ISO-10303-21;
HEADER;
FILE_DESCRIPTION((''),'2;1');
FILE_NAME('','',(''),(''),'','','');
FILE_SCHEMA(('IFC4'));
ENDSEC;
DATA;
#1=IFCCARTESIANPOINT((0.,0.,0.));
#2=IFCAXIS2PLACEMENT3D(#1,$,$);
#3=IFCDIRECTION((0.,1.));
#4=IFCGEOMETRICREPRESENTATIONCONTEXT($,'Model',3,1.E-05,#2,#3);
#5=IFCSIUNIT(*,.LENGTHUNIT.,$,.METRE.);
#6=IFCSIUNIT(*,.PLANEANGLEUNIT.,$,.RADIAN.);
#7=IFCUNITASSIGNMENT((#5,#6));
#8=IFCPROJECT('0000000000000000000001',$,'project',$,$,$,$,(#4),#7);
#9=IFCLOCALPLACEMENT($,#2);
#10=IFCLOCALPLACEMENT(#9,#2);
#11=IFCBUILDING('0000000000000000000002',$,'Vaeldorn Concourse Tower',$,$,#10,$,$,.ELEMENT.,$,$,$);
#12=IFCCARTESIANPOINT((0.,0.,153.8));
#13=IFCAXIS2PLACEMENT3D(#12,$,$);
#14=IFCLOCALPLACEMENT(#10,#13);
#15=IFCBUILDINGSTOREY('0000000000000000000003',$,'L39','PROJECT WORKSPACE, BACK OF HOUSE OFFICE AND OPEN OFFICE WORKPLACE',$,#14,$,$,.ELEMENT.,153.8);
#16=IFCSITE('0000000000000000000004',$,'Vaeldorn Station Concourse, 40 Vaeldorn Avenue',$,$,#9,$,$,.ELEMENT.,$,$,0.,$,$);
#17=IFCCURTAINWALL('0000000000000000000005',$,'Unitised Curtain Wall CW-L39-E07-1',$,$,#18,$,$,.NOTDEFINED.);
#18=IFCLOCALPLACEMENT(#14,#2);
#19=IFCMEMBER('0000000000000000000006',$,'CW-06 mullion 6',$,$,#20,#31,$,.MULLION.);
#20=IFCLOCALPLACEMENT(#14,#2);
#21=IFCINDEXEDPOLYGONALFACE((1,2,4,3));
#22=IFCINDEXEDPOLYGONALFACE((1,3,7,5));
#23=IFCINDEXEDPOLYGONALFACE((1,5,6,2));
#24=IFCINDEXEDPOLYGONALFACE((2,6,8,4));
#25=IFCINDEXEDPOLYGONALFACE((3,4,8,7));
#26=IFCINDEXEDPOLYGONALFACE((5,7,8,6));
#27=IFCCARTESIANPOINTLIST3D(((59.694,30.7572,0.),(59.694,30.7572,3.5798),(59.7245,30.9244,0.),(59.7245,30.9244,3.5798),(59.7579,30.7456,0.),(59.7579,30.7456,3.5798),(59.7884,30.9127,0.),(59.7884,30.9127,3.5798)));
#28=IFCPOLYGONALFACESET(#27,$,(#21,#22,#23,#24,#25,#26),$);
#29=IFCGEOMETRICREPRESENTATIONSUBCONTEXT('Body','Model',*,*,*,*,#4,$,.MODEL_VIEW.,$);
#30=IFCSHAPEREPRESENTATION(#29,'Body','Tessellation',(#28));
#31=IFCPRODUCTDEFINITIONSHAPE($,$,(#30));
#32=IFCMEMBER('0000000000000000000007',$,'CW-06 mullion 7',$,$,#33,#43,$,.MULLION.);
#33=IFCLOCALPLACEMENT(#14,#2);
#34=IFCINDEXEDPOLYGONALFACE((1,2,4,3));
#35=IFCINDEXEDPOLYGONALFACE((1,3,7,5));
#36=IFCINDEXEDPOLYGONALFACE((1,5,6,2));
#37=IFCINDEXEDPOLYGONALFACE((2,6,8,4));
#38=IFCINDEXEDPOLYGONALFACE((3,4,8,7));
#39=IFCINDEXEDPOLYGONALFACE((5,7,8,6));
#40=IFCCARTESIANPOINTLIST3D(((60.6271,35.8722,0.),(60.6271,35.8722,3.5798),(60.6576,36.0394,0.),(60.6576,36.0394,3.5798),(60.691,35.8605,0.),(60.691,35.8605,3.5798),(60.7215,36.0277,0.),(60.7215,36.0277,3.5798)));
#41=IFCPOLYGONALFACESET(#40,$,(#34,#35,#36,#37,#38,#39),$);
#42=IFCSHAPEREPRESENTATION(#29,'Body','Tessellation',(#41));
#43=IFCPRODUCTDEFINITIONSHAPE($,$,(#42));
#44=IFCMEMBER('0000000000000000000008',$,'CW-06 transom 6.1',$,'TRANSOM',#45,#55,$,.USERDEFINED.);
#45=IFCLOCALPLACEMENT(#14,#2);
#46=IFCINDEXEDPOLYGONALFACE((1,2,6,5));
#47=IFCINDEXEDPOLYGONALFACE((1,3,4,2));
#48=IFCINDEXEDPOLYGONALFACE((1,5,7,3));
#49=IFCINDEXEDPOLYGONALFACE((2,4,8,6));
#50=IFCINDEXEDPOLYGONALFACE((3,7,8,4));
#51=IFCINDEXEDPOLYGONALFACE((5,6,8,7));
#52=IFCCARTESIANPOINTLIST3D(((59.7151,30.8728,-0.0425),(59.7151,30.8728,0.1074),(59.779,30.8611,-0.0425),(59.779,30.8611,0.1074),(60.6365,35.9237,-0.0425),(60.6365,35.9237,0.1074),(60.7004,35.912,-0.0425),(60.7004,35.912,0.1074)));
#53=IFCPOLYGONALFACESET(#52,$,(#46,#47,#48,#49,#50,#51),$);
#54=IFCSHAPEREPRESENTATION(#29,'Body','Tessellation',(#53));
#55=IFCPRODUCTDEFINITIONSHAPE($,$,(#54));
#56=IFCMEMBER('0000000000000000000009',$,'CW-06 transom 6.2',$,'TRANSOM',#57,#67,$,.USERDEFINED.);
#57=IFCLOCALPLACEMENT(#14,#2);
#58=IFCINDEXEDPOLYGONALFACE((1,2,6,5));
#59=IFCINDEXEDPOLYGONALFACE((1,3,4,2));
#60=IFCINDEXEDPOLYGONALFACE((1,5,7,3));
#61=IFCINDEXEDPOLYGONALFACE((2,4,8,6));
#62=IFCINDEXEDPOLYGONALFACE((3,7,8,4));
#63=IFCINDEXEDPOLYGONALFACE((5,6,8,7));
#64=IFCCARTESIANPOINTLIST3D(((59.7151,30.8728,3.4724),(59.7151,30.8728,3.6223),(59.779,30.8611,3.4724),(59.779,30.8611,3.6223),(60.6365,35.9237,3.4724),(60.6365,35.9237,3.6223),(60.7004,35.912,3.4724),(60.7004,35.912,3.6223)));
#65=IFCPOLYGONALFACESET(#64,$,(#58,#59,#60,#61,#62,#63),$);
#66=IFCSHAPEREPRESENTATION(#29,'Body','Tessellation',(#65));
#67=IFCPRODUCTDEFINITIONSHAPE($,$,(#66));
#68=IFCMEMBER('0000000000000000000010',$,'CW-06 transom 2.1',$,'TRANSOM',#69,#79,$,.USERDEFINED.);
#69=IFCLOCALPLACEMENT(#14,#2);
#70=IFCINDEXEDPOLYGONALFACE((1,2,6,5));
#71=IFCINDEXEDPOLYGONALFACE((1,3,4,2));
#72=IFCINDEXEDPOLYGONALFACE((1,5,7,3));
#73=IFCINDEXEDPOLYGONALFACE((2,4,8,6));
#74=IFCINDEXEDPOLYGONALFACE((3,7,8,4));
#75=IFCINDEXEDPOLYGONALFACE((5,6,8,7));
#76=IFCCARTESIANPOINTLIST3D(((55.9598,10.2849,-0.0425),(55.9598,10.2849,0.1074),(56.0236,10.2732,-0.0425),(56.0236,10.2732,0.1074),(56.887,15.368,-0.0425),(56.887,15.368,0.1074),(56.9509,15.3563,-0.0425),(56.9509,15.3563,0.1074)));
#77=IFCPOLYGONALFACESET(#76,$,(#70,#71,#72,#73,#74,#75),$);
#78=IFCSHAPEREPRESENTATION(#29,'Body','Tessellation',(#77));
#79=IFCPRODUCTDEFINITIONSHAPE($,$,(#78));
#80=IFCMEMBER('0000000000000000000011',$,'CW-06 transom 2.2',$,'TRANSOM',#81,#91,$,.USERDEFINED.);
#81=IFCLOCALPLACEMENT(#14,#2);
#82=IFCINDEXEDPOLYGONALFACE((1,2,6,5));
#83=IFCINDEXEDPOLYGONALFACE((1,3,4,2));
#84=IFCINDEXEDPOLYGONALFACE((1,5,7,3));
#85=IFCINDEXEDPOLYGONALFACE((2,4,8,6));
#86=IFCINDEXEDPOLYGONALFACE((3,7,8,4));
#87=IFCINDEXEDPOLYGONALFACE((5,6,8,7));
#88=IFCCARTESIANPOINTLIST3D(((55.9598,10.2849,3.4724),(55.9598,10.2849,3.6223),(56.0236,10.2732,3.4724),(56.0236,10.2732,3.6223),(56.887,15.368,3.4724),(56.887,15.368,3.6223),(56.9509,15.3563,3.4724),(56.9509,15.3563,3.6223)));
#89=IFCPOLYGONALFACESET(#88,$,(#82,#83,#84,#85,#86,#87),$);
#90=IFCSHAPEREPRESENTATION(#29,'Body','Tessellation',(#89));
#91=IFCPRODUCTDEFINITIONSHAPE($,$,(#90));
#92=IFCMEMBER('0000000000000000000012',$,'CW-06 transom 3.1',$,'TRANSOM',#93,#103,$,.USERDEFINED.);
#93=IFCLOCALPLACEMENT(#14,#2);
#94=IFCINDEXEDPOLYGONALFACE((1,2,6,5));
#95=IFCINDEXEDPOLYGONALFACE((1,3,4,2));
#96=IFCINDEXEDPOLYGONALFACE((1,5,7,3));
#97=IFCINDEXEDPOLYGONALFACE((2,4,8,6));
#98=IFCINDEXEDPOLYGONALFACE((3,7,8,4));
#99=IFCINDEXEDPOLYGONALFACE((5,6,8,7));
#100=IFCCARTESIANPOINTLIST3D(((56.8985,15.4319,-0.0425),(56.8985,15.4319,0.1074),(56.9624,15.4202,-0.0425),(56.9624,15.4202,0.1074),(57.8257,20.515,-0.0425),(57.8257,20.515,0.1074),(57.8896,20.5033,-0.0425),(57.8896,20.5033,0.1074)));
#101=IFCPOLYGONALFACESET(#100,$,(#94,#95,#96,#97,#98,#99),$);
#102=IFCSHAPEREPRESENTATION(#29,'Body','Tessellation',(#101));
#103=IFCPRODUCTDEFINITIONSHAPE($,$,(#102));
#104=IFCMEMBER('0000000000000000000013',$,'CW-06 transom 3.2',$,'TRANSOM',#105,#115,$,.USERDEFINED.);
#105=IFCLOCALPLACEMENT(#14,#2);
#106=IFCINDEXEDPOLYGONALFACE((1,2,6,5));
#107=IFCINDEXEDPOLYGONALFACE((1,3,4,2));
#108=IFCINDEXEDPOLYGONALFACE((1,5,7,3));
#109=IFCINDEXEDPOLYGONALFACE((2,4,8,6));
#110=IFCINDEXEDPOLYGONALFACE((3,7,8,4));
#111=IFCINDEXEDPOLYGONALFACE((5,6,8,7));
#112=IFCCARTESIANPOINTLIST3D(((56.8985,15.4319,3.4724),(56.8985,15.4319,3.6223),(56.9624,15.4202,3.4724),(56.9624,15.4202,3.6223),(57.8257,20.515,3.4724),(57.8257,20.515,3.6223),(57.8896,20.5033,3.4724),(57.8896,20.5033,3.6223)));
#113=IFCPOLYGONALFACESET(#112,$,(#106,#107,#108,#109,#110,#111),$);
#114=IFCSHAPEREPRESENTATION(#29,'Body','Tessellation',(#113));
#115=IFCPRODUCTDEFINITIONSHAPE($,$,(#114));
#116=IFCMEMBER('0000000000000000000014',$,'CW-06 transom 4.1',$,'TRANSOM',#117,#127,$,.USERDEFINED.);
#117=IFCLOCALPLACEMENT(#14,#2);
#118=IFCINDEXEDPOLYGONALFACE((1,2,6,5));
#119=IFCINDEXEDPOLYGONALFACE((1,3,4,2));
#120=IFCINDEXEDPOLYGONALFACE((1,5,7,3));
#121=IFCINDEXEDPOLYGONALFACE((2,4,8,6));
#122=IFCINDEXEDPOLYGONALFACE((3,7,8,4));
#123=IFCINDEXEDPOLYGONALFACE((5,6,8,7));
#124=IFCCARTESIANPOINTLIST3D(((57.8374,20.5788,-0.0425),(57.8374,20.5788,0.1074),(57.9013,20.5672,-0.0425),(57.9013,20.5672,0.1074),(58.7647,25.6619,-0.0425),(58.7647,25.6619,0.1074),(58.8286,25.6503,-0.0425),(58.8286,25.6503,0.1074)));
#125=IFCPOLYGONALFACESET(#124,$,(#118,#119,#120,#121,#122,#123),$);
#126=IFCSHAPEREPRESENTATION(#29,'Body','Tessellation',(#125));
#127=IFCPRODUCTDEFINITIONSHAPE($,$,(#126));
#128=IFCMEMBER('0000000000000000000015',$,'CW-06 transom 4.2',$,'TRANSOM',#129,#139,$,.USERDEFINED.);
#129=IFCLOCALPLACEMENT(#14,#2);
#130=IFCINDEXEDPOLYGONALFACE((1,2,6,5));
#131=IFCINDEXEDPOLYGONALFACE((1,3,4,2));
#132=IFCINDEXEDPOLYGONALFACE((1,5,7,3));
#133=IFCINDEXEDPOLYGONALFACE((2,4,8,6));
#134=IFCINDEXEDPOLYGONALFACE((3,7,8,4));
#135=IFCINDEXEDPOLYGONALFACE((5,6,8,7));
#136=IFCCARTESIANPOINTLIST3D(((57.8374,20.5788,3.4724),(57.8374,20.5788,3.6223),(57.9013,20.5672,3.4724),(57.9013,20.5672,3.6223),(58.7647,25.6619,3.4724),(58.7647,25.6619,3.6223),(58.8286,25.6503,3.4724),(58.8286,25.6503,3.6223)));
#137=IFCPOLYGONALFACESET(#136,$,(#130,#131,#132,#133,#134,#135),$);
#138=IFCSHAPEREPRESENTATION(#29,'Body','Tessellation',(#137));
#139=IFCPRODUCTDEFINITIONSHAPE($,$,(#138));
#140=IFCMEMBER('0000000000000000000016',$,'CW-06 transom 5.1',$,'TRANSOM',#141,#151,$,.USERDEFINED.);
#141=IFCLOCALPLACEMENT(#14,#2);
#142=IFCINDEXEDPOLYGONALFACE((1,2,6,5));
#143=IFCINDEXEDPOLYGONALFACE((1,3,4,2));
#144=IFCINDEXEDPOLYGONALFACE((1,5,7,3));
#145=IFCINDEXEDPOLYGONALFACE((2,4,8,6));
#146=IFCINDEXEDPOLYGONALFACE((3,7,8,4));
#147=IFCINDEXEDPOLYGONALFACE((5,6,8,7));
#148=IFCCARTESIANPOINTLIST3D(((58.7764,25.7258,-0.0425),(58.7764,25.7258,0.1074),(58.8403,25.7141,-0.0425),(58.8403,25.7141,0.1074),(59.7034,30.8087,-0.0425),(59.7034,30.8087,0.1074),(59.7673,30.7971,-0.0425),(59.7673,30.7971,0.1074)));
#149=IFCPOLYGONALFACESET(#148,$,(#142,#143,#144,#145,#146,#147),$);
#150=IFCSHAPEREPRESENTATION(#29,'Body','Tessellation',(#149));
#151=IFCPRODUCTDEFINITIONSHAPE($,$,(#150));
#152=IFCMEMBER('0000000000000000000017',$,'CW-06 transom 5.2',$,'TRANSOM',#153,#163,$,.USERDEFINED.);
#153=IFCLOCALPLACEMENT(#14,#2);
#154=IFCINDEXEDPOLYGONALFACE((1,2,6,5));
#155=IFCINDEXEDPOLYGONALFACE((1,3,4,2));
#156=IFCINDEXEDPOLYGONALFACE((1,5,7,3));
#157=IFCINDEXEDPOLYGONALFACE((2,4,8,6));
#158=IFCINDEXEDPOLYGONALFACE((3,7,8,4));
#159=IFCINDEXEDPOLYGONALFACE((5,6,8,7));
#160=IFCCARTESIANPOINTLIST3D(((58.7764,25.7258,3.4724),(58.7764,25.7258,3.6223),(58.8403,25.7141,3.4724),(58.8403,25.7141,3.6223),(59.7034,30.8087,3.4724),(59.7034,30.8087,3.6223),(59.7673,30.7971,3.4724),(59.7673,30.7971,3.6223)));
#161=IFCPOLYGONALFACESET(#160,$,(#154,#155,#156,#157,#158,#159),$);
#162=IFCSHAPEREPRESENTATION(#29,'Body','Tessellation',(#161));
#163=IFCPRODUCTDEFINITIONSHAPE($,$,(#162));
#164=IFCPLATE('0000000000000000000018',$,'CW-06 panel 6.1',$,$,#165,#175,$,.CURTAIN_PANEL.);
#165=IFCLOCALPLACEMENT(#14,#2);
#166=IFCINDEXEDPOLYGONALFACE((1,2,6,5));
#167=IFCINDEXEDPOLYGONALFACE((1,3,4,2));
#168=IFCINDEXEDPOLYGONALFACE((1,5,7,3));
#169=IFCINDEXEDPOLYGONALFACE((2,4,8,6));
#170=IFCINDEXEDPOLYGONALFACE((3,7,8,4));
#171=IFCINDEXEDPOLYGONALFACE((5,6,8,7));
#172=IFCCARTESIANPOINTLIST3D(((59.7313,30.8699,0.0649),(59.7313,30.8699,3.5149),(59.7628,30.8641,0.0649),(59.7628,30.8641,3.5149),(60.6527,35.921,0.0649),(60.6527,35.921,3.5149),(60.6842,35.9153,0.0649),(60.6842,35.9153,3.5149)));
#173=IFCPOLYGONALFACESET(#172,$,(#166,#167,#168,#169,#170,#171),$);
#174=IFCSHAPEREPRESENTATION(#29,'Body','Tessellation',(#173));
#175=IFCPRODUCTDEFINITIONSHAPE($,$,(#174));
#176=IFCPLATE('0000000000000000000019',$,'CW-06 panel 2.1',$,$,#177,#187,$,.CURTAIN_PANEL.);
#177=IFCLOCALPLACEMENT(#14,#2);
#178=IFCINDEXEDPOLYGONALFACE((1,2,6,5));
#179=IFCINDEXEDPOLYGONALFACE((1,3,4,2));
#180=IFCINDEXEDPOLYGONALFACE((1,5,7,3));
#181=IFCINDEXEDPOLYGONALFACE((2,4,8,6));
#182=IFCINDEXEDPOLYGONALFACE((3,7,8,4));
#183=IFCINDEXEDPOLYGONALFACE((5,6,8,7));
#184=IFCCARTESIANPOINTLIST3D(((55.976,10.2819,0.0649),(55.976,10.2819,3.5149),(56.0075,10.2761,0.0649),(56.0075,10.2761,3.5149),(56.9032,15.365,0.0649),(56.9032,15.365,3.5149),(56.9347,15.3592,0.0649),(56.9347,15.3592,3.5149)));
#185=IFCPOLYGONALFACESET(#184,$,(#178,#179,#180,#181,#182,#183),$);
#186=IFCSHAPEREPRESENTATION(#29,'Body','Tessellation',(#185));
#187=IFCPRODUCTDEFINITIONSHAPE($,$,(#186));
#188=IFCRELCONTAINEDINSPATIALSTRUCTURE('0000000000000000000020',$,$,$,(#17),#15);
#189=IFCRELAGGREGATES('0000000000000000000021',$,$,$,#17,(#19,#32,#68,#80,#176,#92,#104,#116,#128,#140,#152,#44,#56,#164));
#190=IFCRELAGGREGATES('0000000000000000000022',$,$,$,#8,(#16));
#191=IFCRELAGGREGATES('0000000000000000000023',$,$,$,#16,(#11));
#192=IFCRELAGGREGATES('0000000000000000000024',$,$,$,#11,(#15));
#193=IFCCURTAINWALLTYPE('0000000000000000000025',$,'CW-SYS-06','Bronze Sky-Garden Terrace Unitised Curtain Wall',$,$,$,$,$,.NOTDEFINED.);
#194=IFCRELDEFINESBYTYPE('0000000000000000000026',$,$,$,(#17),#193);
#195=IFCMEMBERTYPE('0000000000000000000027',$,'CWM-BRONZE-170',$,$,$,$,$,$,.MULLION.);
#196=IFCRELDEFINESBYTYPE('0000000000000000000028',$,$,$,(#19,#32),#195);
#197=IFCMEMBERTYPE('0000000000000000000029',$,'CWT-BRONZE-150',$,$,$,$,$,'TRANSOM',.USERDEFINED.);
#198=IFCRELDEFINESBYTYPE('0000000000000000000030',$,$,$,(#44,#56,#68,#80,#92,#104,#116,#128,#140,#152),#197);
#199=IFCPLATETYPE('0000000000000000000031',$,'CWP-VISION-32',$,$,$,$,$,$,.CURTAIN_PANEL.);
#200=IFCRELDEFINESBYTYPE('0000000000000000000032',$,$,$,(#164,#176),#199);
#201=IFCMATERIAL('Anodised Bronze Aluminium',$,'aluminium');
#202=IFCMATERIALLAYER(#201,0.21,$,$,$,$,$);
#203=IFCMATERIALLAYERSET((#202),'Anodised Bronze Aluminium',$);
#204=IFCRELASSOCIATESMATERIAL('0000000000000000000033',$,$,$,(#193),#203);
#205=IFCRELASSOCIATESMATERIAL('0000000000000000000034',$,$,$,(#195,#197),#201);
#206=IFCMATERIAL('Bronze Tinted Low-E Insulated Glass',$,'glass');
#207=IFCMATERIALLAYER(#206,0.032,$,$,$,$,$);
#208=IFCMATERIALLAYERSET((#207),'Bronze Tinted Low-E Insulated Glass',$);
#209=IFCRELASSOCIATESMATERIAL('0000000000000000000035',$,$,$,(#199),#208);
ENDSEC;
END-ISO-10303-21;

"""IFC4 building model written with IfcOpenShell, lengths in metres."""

from ifc_helpers import new_model, si_unit, direction, frame, origin, origin_2d, place, context, subcontext, project, spatial, rectangle, extrude, source, transform, mapped, material, layer, layer_set, material_profile, profile_set, type_object, element, aggregate, save


model = new_model("IFC4")

# Units and contexts
model_context = context("Model", 3, precision=1e-05, world=origin(), true_north=direction((0.0, 1.0)))
body_context = subcontext(model_context, "Body", "Model", "MODEL_VIEW")
ifc_project = project(units=[si_unit("LENGTHUNIT", "METRE"), si_unit("PLANEANGLEUNIT", "RADIAN")], contexts=[model_context])

# Site, building, storey
site_placement = place(None, origin())
site = spatial("IfcSite", under=ifc_project, at=site_placement, Name="Vaeldorn Station Concourse, 40 Vaeldorn Avenue", CompositionType="ELEMENT", RefElevation=0.0)
building_placement = place(site_placement, origin())
building = spatial("IfcBuilding", under=site, at=building_placement, Name="Vaeldorn Concourse Tower", CompositionType="ELEMENT")
storey_placement = place(building_placement, frame((0.0, 0.0, 153.8)))
storey = spatial("IfcBuildingStorey", under=building, at=storey_placement, Name="L39", Description="PROJECT WORKSPACE, BACK OF HOUSE OFFICE AND OPEN OFFICE WORKPLACE", CompositionType="ELEMENT", Elevation=153.8)

# Curtain wall, members, plates
ifc_material_1 = material(Name="Anodised Bronze Aluminium", Category="aluminium")
ifc_layer_1 = layer(ifc_material_1, 0.21)
ifc_layer_set_1 = layer_set([ifc_layer_1], Name="Anodised Bronze Aluminium")
curtain_wall_type = type_object("IfcCurtainWallType", Name="CW-SYS-06", Description="Bronze Sky-Garden Terrace Unitised Curtain Wall", PredefinedType="NOTDEFINED", material=ifc_layer_set_1)
curtain_wall_placement = place(storey_placement, origin())
curtain_wall = element("IfcCurtainWall", 1, at=curtain_wall_placement, inside=storey, type_object=curtain_wall_type, Name="Unitised Curtain Wall CW-L39-E07-1", PredefinedType="NOTDEFINED")
ifc_material_profile_1 = material_profile(ifc_material_1, rectangle(XDim=0.0649, YDim=0.1699, at=origin_2d()), Name="CWM 65x170")
ifc_profile_set_1 = profile_set([ifc_material_profile_1], Name="Anodised Bronze Aluminium")
member_type_1 = type_object("IfcMemberType", Name="CWM-BRONZE-170", PredefinedType="MULLION", material=ifc_profile_set_1)
shared_shape_1 = source(origin(), body_context, "Body", "SweptSolid", [
    extrude(rectangle(XDim=0.0649, YDim=0.1699, at=origin_2d()), origin(), (0.0, 0.0, 1.0), 3.5798),
])
member_1_placement = place(storey_placement, frame((59.7412, 30.835, 0.0), z_axis=(0.0, 0.0, 1.0), x_axis=(-0.983768, 0.179446, 0.0)))
member_1 = element("IfcMember", 2, at=member_1_placement, type_object=member_type_1, Name="CW-06 mullion 6", PredefinedType="MULLION", context=body_context, shape_type="MappedRepresentation", body=[
    mapped(shared_shape_1, transform((0.0, 0.0, 0.0), scale=1.0)),
])
member_2_placement = place(storey_placement, frame((60.6743, 35.95, 0.0), z_axis=(0.0, 0.0, 1.0), x_axis=(-0.983768, 0.179446, 0.0)))
member_2 = element("IfcMember", 3, at=member_2_placement, type_object=member_type_1, Name="CW-06 mullion 7", PredefinedType="MULLION", context=body_context, shape_type="MappedRepresentation", body=[
    mapped(shared_shape_1, transform((0.0, 0.0, 0.0), scale=1.0)),
])
ifc_material_profile_2 = material_profile(ifc_material_1, rectangle(XDim=0.0649, YDim=0.1499, at=origin_2d()), Name="CWT 65x150")
ifc_profile_set_2 = profile_set([ifc_material_profile_2], Name="Anodised Bronze Aluminium")
member_type_2 = type_object("IfcMemberType", Name="CWT-BRONZE-150", ElementType="TRANSOM", PredefinedType="USERDEFINED", material=ifc_profile_set_2)
shared_shape_2 = source(origin(), body_context, "Body", "SweptSolid", [
    extrude(rectangle(XDim=0.0649, YDim=0.1499, at=origin_2d()), origin(), (0.0, 0.0, 1.0), 5.1343),
])
member_3_placement = place(storey_placement, frame((59.7471, 30.8669, 0.0325), z_axis=(0.179454, 0.983766, 0.0), x_axis=(-0.983766, 0.179454, 0.0)))
member_3 = element("IfcMember", 4, at=member_3_placement, type_object=member_type_2, Name="CW-06 transom 6.1", ObjectType="TRANSOM", PredefinedType="USERDEFINED", context=body_context, shape_type="MappedRepresentation", body=[
    mapped(shared_shape_2, transform((0.0, 0.0, 0.0), scale=1.0)),
])
member_4_placement = place(storey_placement, frame((59.7471, 30.8669, 3.5474), z_axis=(0.179454, 0.983766, 0.0), x_axis=(-0.983766, 0.179454, 0.0)))
member_4 = element("IfcMember", 5, at=member_4_placement, type_object=member_type_2, Name="CW-06 transom 6.2", ObjectType="TRANSOM", PredefinedType="USERDEFINED", context=body_context, shape_type="MappedRepresentation", body=[
    mapped(shared_shape_2, transform((0.0, 0.0, 0.0), scale=1.0)),
])
shared_shape_3 = source(origin(), body_context, "Body", "SweptSolid", [
    extrude(rectangle(XDim=0.0649, YDim=0.1499, at=origin_2d()), origin(), (0.0, 0.0, 1.0), 5.167),
])
member_5_placement = place(storey_placement, frame((55.9917, 10.2791, 0.0325), z_axis=(0.179459, 0.983765, 0.0), x_axis=(-0.983765, 0.179459, 0.0)))
member_5 = element("IfcMember", 6, at=member_5_placement, type_object=member_type_2, Name="CW-06 transom 2.1", ObjectType="TRANSOM", PredefinedType="USERDEFINED", context=body_context, shape_type="MappedRepresentation", body=[
    mapped(shared_shape_3, transform((0.0, 0.0, 0.0), scale=1.0)),
])
member_6_placement = place(storey_placement, frame((55.9917, 10.2791, 3.5474), z_axis=(0.179459, 0.983765, 0.0), x_axis=(-0.983765, 0.179459, 0.0)))
member_6 = element("IfcMember", 7, at=member_6_placement, type_object=member_type_2, Name="CW-06 transom 2.2", ObjectType="TRANSOM", PredefinedType="USERDEFINED", context=body_context, shape_type="MappedRepresentation", body=[
    mapped(shared_shape_3, transform((0.0, 0.0, 0.0), scale=1.0)),
])
member_7_placement = place(storey_placement, frame((56.9304, 15.426, 0.0325), z_axis=(0.179459, 0.983765, 0.0), x_axis=(-0.983765, 0.179459, 0.0)))
member_7 = element("IfcMember", 8, at=member_7_placement, type_object=member_type_2, Name="CW-06 transom 3.1", ObjectType="TRANSOM", PredefinedType="USERDEFINED", context=body_context, shape_type="MappedRepresentation", body=[
    mapped(shared_shape_3, transform((0.0, 0.0, 0.0), scale=1.0)),
])
member_8_placement = place(storey_placement, frame((56.9304, 15.426, 3.5474), z_axis=(0.179459, 0.983765, 0.0), x_axis=(-0.983765, 0.179459, 0.0)))
member_8 = element("IfcMember", 9, at=member_8_placement, type_object=member_type_2, Name="CW-06 transom 3.2", ObjectType="TRANSOM", PredefinedType="USERDEFINED", context=body_context, shape_type="MappedRepresentation", body=[
    mapped(shared_shape_3, transform((0.0, 0.0, 0.0), scale=1.0)),
])
member_9_placement = place(storey_placement, frame((57.8694, 20.573, 0.0325), z_axis=(0.179459, 0.983765, 0.0), x_axis=(-0.983765, 0.179459, 0.0)))
member_9 = element("IfcMember", 10, at=member_9_placement, type_object=member_type_2, Name="CW-06 transom 4.1", ObjectType="TRANSOM", PredefinedType="USERDEFINED", context=body_context, shape_type="MappedRepresentation", body=[
    mapped(shared_shape_3, transform((0.0, 0.0, 0.0), scale=1.0)),
])
member_10_placement = place(storey_placement, frame((57.8694, 20.573, 3.5474), z_axis=(0.179459, 0.983765, 0.0), x_axis=(-0.983765, 0.179459, 0.0)))
member_10 = element("IfcMember", 11, at=member_10_placement, type_object=member_type_2, Name="CW-06 transom 4.2", ObjectType="TRANSOM", PredefinedType="USERDEFINED", context=body_context, shape_type="MappedRepresentation", body=[
    mapped(shared_shape_3, transform((0.0, 0.0, 0.0), scale=1.0)),
])
shared_shape_4 = source(origin(), body_context, "Body", "SweptSolid", [
    extrude(rectangle(XDim=0.0649, YDim=0.1499, at=origin_2d()), origin(), (0.0, 0.0, 1.0), 5.1667),
])
member_11_placement = place(storey_placement, frame((58.8083, 25.72, 0.0325), z_axis=(0.179413, 0.983774, 0.0), x_axis=(-0.983774, 0.179413, 0.0)))
member_11 = element("IfcMember", 12, at=member_11_placement, type_object=member_type_2, Name="CW-06 transom 5.1", ObjectType="TRANSOM", PredefinedType="USERDEFINED", context=body_context, shape_type="MappedRepresentation", body=[
    mapped(shared_shape_4, transform((0.0, 0.0, 0.0), scale=1.0)),
])
member_12_placement = place(storey_placement, frame((58.8083, 25.72, 3.5474), z_axis=(0.179413, 0.983774, 0.0), x_axis=(-0.983774, 0.179413, 0.0)))
member_12 = element("IfcMember", 13, at=member_12_placement, type_object=member_type_2, Name="CW-06 transom 5.2", ObjectType="TRANSOM", PredefinedType="USERDEFINED", context=body_context, shape_type="MappedRepresentation", body=[
    mapped(shared_shape_4, transform((0.0, 0.0, 0.0), scale=1.0)),
])
ifc_material_2 = material(Name="Bronze Tinted Low-E Insulated Glass", Category="glass")
ifc_layer_2 = layer(ifc_material_2, 0.032)
ifc_layer_set_2 = layer_set([ifc_layer_2], Name="Bronze Tinted Low-E Insulated Glass")
plate_type = type_object("IfcPlateType", Name="CWP-VISION-32", PredefinedType="CURTAIN_PANEL", material=ifc_layer_set_2)
shared_shape_5 = source(origin(), body_context, "Body", "SweptSolid", [
    extrude(rectangle(XDim=5.1345, YDim=0.032, at=origin_2d()), origin(), (0.0, 0.0, 1.0), 3.45),
])
plate_1_placement = place(storey_placement, frame((60.2078, 33.3926, 0.0649), z_axis=(0.0, 0.0, 1.0), x_axis=(0.179446, 0.983768, 0.0)))
plate_1 = element("IfcPlate", 14, at=plate_1_placement, type_object=plate_type, Name="CW-06 panel 6.1", PredefinedType="CURTAIN_PANEL", context=body_context, shape_type="MappedRepresentation", body=[
    mapped(shared_shape_5, transform((0.0, 0.0, 0.0), scale=1.0)),
])
shared_shape_6 = source(origin(), body_context, "Body", "SweptSolid", [
    extrude(rectangle(XDim=5.167, YDim=0.032, at=origin_2d()), origin(), (0.0, 0.0, 1.0), 3.45),
])
plate_2_placement = place(storey_placement, frame((56.4553, 12.8206, 0.0649), z_axis=(0.0, 0.0, 1.0), x_axis=(0.179446, 0.983768, 0.0)))
plate_2 = element("IfcPlate", 15, at=plate_2_placement, type_object=plate_type, Name="CW-06 panel 2.1", PredefinedType="CURTAIN_PANEL", context=body_context, shape_type="MappedRepresentation", body=[
    mapped(shared_shape_6, transform((0.0, 0.0, 0.0), scale=1.0)),
])
aggregate(curtain_wall, [member_1, member_2, member_5, member_6, plate_2, member_7, member_8, member_9, member_10, member_11, member_12, member_3, member_4, plate_1])

save(model, "model.ifc")
